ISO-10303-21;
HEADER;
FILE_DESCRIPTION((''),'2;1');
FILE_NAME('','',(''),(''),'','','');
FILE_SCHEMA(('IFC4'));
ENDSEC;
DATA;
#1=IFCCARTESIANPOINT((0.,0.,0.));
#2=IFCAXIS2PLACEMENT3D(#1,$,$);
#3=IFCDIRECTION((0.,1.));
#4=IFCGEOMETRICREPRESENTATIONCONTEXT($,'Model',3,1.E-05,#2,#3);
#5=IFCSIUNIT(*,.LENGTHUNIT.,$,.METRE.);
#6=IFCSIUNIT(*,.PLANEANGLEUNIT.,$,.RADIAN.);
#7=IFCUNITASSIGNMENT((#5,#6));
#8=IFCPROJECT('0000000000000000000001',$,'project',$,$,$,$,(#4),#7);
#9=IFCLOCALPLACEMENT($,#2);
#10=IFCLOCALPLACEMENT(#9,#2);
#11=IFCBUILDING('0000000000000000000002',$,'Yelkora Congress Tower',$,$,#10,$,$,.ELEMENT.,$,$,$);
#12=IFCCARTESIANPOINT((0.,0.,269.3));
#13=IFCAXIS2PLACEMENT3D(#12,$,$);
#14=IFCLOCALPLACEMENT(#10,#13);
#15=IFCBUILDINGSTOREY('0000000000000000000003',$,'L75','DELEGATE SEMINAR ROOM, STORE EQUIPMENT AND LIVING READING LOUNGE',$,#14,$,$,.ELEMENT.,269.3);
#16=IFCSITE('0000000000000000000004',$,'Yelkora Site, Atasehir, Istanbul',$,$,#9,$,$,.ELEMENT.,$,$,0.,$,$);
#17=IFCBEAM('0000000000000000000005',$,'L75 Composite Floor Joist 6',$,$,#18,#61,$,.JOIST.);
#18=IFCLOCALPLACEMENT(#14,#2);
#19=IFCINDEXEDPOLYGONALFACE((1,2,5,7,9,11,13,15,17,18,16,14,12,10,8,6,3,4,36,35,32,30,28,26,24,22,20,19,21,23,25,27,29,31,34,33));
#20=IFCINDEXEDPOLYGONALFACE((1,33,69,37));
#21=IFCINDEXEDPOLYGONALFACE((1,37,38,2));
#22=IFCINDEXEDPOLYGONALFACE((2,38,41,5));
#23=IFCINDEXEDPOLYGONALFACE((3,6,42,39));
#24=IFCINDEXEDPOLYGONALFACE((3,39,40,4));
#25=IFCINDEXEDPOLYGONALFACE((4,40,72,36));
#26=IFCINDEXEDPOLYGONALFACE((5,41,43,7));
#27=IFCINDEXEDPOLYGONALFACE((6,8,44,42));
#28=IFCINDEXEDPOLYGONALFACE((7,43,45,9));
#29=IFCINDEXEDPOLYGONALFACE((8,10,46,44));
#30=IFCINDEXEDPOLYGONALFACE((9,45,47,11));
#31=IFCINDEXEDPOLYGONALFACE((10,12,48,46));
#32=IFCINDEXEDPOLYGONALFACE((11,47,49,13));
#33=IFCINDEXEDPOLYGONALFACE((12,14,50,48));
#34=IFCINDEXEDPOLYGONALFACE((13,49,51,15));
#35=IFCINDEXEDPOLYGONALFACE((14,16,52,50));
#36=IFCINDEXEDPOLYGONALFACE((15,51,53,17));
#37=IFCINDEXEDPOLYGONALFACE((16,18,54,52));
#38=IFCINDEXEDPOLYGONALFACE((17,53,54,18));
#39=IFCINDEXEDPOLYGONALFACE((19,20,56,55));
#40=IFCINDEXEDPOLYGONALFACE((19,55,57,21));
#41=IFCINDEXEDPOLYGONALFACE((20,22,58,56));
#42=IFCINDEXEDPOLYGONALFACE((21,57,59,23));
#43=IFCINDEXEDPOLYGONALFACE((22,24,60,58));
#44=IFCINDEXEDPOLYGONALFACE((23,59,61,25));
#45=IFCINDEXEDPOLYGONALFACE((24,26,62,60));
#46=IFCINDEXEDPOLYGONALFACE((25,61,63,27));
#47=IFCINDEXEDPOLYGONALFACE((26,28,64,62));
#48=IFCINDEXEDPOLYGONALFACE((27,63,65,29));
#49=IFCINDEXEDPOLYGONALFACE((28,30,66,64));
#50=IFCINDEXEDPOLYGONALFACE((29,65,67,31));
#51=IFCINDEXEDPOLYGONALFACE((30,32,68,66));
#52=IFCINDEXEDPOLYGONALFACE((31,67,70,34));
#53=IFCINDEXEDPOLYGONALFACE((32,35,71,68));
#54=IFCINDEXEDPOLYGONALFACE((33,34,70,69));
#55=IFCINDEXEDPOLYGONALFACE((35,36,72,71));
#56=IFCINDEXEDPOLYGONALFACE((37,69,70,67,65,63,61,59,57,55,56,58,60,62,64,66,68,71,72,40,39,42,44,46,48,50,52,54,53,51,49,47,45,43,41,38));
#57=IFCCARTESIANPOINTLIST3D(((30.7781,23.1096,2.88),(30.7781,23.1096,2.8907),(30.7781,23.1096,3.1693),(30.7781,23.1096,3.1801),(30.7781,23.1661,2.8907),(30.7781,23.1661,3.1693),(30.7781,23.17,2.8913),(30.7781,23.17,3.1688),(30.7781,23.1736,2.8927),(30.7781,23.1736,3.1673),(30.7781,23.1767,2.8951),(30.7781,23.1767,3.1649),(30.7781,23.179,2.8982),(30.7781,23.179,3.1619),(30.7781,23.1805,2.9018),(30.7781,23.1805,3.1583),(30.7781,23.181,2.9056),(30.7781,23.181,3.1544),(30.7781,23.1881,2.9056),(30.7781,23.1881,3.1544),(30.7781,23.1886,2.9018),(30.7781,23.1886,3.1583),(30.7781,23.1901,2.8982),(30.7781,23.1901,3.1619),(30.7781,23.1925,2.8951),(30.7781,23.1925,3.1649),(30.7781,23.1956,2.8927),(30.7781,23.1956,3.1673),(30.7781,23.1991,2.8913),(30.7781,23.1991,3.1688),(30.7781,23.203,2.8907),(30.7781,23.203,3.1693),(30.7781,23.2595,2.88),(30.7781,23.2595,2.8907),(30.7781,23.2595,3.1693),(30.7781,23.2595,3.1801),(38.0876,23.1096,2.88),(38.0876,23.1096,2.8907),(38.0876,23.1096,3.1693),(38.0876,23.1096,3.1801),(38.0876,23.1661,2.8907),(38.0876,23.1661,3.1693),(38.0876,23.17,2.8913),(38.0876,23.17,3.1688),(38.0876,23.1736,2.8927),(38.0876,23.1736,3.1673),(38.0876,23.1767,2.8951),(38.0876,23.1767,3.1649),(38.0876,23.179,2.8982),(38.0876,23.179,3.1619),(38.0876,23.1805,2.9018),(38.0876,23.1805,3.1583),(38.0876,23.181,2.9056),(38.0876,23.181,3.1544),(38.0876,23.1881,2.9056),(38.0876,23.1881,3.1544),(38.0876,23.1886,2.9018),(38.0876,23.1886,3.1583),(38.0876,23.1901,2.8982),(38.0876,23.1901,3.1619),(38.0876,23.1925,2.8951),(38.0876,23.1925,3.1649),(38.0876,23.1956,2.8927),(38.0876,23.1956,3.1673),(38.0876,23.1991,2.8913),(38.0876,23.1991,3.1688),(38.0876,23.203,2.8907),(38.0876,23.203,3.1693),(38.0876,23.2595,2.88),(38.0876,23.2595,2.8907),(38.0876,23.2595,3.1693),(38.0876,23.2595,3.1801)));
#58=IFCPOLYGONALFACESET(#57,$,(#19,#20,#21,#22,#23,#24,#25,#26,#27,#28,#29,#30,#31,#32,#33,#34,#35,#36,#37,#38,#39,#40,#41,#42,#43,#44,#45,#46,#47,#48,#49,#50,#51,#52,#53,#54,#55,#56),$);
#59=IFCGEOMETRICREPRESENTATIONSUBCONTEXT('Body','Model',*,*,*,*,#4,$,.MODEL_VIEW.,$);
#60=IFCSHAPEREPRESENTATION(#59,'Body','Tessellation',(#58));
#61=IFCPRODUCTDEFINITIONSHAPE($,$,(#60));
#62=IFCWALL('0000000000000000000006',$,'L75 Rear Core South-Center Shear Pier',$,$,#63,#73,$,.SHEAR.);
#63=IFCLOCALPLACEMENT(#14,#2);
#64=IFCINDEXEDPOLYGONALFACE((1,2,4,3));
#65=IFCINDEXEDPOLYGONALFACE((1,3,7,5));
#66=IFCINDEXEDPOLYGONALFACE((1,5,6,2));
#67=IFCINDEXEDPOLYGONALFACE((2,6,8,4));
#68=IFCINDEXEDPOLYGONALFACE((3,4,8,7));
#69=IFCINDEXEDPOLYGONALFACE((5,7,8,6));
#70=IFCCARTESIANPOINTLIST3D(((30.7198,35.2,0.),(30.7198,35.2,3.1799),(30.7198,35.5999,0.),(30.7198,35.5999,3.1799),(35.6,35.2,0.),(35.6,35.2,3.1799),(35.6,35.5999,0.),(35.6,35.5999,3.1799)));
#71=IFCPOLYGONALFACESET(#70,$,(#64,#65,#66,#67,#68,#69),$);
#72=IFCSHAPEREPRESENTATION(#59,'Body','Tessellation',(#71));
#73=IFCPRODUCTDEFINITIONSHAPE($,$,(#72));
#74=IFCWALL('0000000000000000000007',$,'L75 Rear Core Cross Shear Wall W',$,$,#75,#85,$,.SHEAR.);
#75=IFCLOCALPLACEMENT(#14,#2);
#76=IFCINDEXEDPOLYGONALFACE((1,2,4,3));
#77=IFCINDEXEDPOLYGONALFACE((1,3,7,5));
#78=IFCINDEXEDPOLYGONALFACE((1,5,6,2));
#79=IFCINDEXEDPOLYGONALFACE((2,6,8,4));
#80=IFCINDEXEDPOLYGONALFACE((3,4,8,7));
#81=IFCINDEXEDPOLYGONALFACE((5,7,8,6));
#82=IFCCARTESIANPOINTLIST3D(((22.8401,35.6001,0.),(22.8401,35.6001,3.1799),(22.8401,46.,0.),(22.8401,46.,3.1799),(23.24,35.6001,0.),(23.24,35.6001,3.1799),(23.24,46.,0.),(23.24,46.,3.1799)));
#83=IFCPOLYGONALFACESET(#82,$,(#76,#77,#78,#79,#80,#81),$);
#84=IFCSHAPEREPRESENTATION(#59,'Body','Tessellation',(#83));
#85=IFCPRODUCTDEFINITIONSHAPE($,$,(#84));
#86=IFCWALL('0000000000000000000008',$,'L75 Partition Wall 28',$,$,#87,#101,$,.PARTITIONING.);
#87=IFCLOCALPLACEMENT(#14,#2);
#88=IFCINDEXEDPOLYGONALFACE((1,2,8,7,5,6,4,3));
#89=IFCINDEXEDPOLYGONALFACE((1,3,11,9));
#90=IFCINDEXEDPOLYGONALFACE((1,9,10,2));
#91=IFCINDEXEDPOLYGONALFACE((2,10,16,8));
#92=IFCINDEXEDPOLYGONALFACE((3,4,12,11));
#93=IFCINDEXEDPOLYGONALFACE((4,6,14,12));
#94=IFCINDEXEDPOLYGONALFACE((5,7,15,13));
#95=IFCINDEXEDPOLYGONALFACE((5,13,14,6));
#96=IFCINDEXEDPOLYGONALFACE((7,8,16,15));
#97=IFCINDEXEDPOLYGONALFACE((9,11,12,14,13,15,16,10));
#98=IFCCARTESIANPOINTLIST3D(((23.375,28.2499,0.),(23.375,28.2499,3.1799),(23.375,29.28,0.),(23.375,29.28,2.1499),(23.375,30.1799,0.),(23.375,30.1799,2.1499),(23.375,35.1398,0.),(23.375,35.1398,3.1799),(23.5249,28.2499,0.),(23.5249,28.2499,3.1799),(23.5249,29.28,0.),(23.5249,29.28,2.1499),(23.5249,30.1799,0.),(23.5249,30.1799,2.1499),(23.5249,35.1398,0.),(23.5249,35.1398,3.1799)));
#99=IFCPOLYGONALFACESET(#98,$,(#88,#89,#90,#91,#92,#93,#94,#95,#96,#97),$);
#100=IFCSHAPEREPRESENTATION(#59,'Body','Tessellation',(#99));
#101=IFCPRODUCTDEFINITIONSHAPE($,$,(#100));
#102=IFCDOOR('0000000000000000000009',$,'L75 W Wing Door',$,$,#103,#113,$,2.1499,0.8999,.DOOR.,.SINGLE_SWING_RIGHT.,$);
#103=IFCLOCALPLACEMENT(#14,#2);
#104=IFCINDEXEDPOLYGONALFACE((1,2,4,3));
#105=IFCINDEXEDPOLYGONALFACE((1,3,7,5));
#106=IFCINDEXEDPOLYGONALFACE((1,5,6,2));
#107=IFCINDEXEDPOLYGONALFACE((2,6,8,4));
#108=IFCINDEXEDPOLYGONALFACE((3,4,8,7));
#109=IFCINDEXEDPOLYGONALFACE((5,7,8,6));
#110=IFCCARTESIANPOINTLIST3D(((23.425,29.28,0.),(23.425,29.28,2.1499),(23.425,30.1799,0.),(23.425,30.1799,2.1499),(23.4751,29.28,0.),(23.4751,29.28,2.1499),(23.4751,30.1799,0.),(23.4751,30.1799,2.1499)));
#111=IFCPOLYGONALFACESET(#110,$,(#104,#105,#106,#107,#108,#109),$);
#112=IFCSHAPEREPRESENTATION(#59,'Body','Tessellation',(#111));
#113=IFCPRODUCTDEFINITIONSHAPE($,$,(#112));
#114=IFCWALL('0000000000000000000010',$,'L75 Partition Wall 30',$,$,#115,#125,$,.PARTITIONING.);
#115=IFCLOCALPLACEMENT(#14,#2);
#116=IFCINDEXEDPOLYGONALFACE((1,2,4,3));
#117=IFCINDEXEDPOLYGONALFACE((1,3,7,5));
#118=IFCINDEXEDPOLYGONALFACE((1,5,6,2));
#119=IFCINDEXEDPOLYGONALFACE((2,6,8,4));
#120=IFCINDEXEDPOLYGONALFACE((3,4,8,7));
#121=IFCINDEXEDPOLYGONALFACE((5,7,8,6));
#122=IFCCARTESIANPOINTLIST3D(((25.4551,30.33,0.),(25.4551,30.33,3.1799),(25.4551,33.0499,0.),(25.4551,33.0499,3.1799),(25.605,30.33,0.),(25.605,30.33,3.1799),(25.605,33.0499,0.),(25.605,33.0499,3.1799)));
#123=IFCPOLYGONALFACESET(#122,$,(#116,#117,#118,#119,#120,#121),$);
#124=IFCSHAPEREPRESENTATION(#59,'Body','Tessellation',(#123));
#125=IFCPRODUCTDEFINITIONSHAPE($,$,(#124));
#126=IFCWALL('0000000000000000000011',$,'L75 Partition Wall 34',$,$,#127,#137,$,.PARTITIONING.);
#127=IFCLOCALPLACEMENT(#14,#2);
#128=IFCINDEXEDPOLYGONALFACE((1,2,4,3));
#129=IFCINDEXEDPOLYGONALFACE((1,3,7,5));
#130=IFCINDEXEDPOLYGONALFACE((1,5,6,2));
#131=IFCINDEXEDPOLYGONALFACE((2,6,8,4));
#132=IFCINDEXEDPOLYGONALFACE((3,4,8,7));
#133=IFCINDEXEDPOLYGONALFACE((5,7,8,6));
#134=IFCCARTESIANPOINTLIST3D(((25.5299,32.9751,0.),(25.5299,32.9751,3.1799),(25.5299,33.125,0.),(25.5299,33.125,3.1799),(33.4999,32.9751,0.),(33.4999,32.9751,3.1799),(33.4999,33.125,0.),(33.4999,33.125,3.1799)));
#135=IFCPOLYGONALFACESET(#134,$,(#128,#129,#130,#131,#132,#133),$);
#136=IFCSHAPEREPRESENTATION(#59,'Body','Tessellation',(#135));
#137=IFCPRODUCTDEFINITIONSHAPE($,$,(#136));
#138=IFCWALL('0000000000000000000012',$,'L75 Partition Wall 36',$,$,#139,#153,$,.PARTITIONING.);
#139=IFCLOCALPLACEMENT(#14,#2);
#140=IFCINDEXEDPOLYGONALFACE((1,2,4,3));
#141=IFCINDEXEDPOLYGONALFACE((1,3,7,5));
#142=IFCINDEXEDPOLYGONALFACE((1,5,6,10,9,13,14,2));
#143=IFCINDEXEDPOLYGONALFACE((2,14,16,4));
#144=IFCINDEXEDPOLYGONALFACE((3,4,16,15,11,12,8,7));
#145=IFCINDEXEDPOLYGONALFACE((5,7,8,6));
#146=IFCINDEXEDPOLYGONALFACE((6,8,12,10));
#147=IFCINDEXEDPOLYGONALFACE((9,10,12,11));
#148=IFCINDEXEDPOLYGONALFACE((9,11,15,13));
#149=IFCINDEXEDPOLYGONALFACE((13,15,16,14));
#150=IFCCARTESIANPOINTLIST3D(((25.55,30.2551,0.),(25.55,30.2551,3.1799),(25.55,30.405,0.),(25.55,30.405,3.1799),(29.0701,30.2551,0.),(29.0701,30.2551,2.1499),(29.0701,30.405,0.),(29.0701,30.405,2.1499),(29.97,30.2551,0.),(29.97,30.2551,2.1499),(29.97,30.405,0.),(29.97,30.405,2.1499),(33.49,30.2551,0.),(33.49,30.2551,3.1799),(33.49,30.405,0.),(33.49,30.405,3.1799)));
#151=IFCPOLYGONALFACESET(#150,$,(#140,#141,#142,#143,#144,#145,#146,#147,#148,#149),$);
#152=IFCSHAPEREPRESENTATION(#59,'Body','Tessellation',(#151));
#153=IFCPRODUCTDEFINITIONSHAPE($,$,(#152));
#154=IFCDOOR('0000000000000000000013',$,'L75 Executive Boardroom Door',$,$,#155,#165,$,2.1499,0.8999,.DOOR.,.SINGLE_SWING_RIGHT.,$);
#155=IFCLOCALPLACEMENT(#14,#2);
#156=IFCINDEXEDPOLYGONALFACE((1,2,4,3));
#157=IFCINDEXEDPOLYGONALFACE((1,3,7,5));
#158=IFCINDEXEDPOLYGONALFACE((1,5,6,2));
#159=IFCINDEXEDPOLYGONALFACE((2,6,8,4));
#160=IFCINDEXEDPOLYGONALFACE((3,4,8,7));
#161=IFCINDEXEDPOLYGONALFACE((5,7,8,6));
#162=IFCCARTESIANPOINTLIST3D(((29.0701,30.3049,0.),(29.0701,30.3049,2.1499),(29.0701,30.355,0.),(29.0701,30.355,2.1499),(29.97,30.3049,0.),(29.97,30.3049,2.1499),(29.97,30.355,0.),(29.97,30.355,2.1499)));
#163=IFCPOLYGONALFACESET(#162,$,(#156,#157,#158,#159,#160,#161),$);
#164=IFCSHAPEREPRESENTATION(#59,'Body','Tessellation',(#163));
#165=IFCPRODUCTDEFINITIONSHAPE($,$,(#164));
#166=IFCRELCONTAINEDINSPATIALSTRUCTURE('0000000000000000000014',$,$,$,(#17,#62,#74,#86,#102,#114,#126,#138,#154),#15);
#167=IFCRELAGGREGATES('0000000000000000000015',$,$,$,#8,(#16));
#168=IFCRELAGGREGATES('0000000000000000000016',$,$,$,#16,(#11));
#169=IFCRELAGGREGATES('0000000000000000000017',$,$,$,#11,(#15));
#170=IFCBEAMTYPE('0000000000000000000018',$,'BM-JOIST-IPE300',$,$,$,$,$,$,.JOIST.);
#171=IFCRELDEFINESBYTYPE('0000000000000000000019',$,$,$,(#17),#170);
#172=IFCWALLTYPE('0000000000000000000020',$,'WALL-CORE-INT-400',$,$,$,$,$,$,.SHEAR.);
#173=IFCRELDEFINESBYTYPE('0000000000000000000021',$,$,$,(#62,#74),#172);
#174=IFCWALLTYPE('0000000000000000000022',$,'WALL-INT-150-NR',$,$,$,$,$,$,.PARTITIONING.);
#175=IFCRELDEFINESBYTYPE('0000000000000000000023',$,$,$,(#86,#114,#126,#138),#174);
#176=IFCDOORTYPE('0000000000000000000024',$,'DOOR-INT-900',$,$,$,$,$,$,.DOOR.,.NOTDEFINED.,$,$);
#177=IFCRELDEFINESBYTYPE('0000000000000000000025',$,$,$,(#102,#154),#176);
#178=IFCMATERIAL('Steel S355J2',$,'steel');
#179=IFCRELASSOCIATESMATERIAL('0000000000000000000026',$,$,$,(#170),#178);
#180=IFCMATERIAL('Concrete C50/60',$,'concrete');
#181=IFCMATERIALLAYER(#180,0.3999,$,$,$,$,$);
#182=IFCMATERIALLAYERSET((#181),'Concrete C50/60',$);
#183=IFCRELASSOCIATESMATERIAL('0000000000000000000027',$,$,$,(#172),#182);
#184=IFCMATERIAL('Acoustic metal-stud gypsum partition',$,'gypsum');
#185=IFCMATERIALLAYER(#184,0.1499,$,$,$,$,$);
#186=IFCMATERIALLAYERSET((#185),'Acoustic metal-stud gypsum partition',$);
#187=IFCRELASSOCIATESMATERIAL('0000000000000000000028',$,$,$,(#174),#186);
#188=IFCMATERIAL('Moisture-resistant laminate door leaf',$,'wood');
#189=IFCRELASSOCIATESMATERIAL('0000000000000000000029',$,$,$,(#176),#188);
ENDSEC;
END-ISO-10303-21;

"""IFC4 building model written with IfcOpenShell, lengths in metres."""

from ifc_helpers import new_model, si_unit, direction, frame, frame_2d, origin, origin_2d, place, context, subcontext, project, spatial, rectangle, i_section, extrude, material, layer, layer_set, material_profile, profile_set, type_object, element, fill, save


model = new_model("IFC4")

# Units and contexts
model_context = context("Model", 3, precision=1e-05, world=origin(), true_north=direction((0.0, 1.0)))
body_context = subcontext(model_context, "Body", "Model", "MODEL_VIEW")
ifc_project = project(units=[si_unit("LENGTHUNIT", "METRE"), si_unit("PLANEANGLEUNIT", "RADIAN")], contexts=[model_context])

# Site, building, storey
site_placement = place(None, origin())
site = spatial("IfcSite", under=ifc_project, at=site_placement, Name="Yelkora Site, Atasehir, Istanbul", CompositionType="ELEMENT", RefElevation=0.0)
building_placement = place(site_placement, origin())
building = spatial("IfcBuilding", under=site, at=building_placement, Name="Yelkora Congress Tower", CompositionType="ELEMENT")
storey_placement = place(building_placement, frame((0.0, 0.0, 269.3)))
storey = spatial("IfcBuildingStorey", under=building, at=storey_placement, Name="L75", Description="DELEGATE SEMINAR ROOM, STORE EQUIPMENT AND LIVING READING LOUNGE", CompositionType="ELEMENT", Elevation=269.3)

# Beam
ifc_material_1 = material(Name="Steel S355J2", Category="steel")
ifc_material_profile_1 = material_profile(ifc_material_1, i_section(OverallWidth=0.1499, OverallDepth=0.3, WebThickness=0.0071, FlangeThickness=0.0107, FilletRadius=0.0149, at=origin_2d()), Name="IPE 300")
ifc_profile_set_1 = profile_set([ifc_material_profile_1], Name="Steel S355J2")
beam_type_1 = type_object("IfcBeamType", Name="BM-JOIST-IPE300", PredefinedType="JOIST", material=ifc_profile_set_1)
beam_1_placement = place(storey_placement, frame((30.7781, 23.1846, 3.03), z_axis=(1.0, 0.0, 0.0), x_axis=(0.0, 1.0, 0.0)))
element("IfcBeam", 1, at=beam_1_placement, inside=storey, type_object=beam_type_1, Name="L75 Composite Floor Joist 6", PredefinedType="JOIST", context=body_context, shape_type="SweptSolid", body=[
    extrude(i_section(OverallWidth=0.1499, OverallDepth=0.3, WebThickness=0.0071, FlangeThickness=0.0107, FilletRadius=0.0149, at=origin_2d()), origin(), (0.0, 0.0, 1.0), 7.3096),
])

# Walls
ifc_material_2 = material(Name="Concrete C50/60", Category="concrete")
ifc_layer_1 = layer(ifc_material_2, 0.3999)
ifc_layer_set_1 = layer_set([ifc_layer_1], Name="Concrete C50/60")
wall_type_1 = type_object("IfcWallType", Name="WALL-CORE-INT-400", PredefinedType="SHEAR", material=ifc_layer_set_1)
wall_1_placement = place(storey_placement, frame((30.72, 35.3999, 0.0), z_axis=(0.0, 0.0, 1.0), x_axis=(1.0, 0.0, 0.0)))
element("IfcWall", 2, at=wall_1_placement, inside=storey, type_object=wall_type_1, Name="L75 Rear Core South-Center Shear Pier", PredefinedType="SHEAR", context=body_context, shape_type="SweptSolid", body=[
    extrude(rectangle(XDim=4.8801, YDim=0.3999, at=frame_2d((2.4399, 0.0))), origin(), (0.0, 0.0, 1.0), 3.1799),
])
wall_2_placement = place(storey_placement, frame((23.04, 35.6001, 0.0), z_axis=(0.0, 0.0, 1.0), x_axis=(0.0, 1.0, 0.0)))
element("IfcWall", 3, at=wall_2_placement, inside=storey, type_object=wall_type_1, Name="L75 Rear Core Cross Shear Wall W", PredefinedType="SHEAR", context=body_context, shape_type="SweptSolid", body=[
    extrude(rectangle(XDim=10.3999, YDim=0.3999, at=frame_2d((5.2, 0.0))), origin(), (0.0, 0.0, 1.0), 3.1799),
])

# Wall, opening, door
ifc_material_3 = material(Name="Acoustic metal-stud gypsum partition", Category="gypsum")
ifc_layer_2 = layer(ifc_material_3, 0.1499)
ifc_layer_set_2 = layer_set([ifc_layer_2], Name="Acoustic metal-stud gypsum partition")
wall_type_2 = type_object("IfcWallType", Name="WALL-INT-150-NR", PredefinedType="PARTITIONING", material=ifc_layer_set_2)
wall_3_placement = place(storey_placement, frame((23.45, 28.25, 0.0), z_axis=(0.0, 0.0, 1.0), x_axis=(0.0, 1.0, 0.0)))
wall_3 = element("IfcWall", 4, at=wall_3_placement, inside=storey, type_object=wall_type_2, Name="L75 Partition Wall 28", PredefinedType="PARTITIONING", context=body_context, shape_type="SweptSolid", body=[
    extrude(rectangle(XDim=6.8899, YDim=0.1499, at=frame_2d((3.4448, 0.0))), origin(), (0.0, 0.0, 1.0), 3.1799),
])
opening_1_placement = place(wall_3_placement, frame((1.03, 0.0, 0.0)))
opening_1 = element("IfcOpeningElement", 5, at=opening_1_placement, cuts=wall_3, PredefinedType="OPENING", context=body_context, shape_type="SweptSolid", body=[
    extrude(rectangle(XDim=0.8999, YDim=2.1499, at=frame_2d((0.45, 1.075))), frame((0.0, 0.085, 0.0), z_axis=(0.0, -1.0, 0.0), x_axis=(1.0, 0.0, 0.0)), (0.0, 0.0, 1.0), 0.1699),
])
ifc_material_4 = material(Name="Moisture-resistant laminate door leaf", Category="wood")
door_type_1 = type_object("IfcDoorType", Name="DOOR-INT-900", OperationType="NOTDEFINED", PredefinedType="DOOR", material=ifc_material_4)
door_1_placement = place(opening_1_placement, origin())
door_1 = element("IfcDoor", 6, at=door_1_placement, inside=storey, type_object=door_type_1, Name="L75 W Wing Door", OperationType="SINGLE_SWING_RIGHT", OverallHeight=2.1499, OverallWidth=0.8999, PredefinedType="DOOR", context=body_context, shape_type="SweptSolid", body=[
    extrude(rectangle(XDim=0.8999, YDim=2.1499, at=frame_2d((0.45, 1.075))), frame((0.0, 0.0249, 0.0), z_axis=(0.0, -1.0, 0.0), x_axis=(1.0, 0.0, 0.0)), (0.0, 0.0, 1.0), 0.05),
])
fill(opening_1, door_1)

# Walls
wall_4_placement = place(storey_placement, frame((25.53, 30.3301, 0.0), z_axis=(0.0, 0.0, 1.0), x_axis=(0.0, 1.0, 0.0)))
element("IfcWall", 7, at=wall_4_placement, inside=storey, type_object=wall_type_2, Name="L75 Partition Wall 30", PredefinedType="PARTITIONING", context=body_context, shape_type="SweptSolid", body=[
    extrude(rectangle(XDim=2.72, YDim=0.1499, at=frame_2d((1.3599, 0.0))), origin(), (0.0, 0.0, 1.0), 3.1799),
])
wall_5_placement = place(storey_placement, frame((25.53, 33.05, 0.0), z_axis=(0.0, 0.0, 1.0), x_axis=(1.0, 0.0, 0.0)))
element("IfcWall", 8, at=wall_5_placement, inside=storey, type_object=wall_type_2, Name="L75 Partition Wall 34", PredefinedType="PARTITIONING", context=body_context, shape_type="SweptSolid", body=[
    extrude(rectangle(XDim=7.97, YDim=0.1499, at=frame_2d((3.9849, 0.0))), origin(), (0.0, 0.0, 1.0), 3.1799),
])

# Wall, opening, door
wall_6_placement = place(storey_placement, frame((25.55, 30.3301, 0.0), z_axis=(0.0, 0.0, 1.0), x_axis=(1.0, 0.0, 0.0)))
wall_6 = element("IfcWall", 9, at=wall_6_placement, inside=storey, type_object=wall_type_2, Name="L75 Partition Wall 36", PredefinedType="PARTITIONING", context=body_context, shape_type="SweptSolid", body=[
    extrude(rectangle(XDim=7.9399, YDim=0.1499, at=frame_2d((3.97, 0.0))), origin(), (0.0, 0.0, 1.0), 3.1799),
])
opening_2_placement = place(wall_6_placement, frame((3.52, 0.0, 0.0)))
opening_2 = element("IfcOpeningElement", 10, at=opening_2_placement, cuts=wall_6, PredefinedType="OPENING", context=body_context, shape_type="SweptSolid", body=[
    extrude(rectangle(XDim=0.8999, YDim=2.1499, at=frame_2d((0.45, 1.075))), frame((0.0, 0.085, 0.0), z_axis=(0.0, -1.0, 0.0), x_axis=(1.0, 0.0, 0.0)), (0.0, 0.0, 1.0), 0.1699),
])
door_2_placement = place(opening_2_placement, origin())
door_2 = element("IfcDoor", 11, at=door_2_placement, inside=storey, type_object=door_type_1, Name="L75 Executive Boardroom Door", OperationType="SINGLE_SWING_RIGHT", OverallHeight=2.1499, OverallWidth=0.8999, PredefinedType="DOOR", context=body_context, shape_type="SweptSolid", body=[
    extrude(rectangle(XDim=0.8999, YDim=2.1499, at=frame_2d((0.45, 1.075))), frame((0.0, 0.0249, 0.0), z_axis=(0.0, -1.0, 0.0), x_axis=(1.0, 0.0, 0.0)), (0.0, 0.0, 1.0), 0.05),
])
fill(opening_2, door_2)

save(model, "model.ifc")
